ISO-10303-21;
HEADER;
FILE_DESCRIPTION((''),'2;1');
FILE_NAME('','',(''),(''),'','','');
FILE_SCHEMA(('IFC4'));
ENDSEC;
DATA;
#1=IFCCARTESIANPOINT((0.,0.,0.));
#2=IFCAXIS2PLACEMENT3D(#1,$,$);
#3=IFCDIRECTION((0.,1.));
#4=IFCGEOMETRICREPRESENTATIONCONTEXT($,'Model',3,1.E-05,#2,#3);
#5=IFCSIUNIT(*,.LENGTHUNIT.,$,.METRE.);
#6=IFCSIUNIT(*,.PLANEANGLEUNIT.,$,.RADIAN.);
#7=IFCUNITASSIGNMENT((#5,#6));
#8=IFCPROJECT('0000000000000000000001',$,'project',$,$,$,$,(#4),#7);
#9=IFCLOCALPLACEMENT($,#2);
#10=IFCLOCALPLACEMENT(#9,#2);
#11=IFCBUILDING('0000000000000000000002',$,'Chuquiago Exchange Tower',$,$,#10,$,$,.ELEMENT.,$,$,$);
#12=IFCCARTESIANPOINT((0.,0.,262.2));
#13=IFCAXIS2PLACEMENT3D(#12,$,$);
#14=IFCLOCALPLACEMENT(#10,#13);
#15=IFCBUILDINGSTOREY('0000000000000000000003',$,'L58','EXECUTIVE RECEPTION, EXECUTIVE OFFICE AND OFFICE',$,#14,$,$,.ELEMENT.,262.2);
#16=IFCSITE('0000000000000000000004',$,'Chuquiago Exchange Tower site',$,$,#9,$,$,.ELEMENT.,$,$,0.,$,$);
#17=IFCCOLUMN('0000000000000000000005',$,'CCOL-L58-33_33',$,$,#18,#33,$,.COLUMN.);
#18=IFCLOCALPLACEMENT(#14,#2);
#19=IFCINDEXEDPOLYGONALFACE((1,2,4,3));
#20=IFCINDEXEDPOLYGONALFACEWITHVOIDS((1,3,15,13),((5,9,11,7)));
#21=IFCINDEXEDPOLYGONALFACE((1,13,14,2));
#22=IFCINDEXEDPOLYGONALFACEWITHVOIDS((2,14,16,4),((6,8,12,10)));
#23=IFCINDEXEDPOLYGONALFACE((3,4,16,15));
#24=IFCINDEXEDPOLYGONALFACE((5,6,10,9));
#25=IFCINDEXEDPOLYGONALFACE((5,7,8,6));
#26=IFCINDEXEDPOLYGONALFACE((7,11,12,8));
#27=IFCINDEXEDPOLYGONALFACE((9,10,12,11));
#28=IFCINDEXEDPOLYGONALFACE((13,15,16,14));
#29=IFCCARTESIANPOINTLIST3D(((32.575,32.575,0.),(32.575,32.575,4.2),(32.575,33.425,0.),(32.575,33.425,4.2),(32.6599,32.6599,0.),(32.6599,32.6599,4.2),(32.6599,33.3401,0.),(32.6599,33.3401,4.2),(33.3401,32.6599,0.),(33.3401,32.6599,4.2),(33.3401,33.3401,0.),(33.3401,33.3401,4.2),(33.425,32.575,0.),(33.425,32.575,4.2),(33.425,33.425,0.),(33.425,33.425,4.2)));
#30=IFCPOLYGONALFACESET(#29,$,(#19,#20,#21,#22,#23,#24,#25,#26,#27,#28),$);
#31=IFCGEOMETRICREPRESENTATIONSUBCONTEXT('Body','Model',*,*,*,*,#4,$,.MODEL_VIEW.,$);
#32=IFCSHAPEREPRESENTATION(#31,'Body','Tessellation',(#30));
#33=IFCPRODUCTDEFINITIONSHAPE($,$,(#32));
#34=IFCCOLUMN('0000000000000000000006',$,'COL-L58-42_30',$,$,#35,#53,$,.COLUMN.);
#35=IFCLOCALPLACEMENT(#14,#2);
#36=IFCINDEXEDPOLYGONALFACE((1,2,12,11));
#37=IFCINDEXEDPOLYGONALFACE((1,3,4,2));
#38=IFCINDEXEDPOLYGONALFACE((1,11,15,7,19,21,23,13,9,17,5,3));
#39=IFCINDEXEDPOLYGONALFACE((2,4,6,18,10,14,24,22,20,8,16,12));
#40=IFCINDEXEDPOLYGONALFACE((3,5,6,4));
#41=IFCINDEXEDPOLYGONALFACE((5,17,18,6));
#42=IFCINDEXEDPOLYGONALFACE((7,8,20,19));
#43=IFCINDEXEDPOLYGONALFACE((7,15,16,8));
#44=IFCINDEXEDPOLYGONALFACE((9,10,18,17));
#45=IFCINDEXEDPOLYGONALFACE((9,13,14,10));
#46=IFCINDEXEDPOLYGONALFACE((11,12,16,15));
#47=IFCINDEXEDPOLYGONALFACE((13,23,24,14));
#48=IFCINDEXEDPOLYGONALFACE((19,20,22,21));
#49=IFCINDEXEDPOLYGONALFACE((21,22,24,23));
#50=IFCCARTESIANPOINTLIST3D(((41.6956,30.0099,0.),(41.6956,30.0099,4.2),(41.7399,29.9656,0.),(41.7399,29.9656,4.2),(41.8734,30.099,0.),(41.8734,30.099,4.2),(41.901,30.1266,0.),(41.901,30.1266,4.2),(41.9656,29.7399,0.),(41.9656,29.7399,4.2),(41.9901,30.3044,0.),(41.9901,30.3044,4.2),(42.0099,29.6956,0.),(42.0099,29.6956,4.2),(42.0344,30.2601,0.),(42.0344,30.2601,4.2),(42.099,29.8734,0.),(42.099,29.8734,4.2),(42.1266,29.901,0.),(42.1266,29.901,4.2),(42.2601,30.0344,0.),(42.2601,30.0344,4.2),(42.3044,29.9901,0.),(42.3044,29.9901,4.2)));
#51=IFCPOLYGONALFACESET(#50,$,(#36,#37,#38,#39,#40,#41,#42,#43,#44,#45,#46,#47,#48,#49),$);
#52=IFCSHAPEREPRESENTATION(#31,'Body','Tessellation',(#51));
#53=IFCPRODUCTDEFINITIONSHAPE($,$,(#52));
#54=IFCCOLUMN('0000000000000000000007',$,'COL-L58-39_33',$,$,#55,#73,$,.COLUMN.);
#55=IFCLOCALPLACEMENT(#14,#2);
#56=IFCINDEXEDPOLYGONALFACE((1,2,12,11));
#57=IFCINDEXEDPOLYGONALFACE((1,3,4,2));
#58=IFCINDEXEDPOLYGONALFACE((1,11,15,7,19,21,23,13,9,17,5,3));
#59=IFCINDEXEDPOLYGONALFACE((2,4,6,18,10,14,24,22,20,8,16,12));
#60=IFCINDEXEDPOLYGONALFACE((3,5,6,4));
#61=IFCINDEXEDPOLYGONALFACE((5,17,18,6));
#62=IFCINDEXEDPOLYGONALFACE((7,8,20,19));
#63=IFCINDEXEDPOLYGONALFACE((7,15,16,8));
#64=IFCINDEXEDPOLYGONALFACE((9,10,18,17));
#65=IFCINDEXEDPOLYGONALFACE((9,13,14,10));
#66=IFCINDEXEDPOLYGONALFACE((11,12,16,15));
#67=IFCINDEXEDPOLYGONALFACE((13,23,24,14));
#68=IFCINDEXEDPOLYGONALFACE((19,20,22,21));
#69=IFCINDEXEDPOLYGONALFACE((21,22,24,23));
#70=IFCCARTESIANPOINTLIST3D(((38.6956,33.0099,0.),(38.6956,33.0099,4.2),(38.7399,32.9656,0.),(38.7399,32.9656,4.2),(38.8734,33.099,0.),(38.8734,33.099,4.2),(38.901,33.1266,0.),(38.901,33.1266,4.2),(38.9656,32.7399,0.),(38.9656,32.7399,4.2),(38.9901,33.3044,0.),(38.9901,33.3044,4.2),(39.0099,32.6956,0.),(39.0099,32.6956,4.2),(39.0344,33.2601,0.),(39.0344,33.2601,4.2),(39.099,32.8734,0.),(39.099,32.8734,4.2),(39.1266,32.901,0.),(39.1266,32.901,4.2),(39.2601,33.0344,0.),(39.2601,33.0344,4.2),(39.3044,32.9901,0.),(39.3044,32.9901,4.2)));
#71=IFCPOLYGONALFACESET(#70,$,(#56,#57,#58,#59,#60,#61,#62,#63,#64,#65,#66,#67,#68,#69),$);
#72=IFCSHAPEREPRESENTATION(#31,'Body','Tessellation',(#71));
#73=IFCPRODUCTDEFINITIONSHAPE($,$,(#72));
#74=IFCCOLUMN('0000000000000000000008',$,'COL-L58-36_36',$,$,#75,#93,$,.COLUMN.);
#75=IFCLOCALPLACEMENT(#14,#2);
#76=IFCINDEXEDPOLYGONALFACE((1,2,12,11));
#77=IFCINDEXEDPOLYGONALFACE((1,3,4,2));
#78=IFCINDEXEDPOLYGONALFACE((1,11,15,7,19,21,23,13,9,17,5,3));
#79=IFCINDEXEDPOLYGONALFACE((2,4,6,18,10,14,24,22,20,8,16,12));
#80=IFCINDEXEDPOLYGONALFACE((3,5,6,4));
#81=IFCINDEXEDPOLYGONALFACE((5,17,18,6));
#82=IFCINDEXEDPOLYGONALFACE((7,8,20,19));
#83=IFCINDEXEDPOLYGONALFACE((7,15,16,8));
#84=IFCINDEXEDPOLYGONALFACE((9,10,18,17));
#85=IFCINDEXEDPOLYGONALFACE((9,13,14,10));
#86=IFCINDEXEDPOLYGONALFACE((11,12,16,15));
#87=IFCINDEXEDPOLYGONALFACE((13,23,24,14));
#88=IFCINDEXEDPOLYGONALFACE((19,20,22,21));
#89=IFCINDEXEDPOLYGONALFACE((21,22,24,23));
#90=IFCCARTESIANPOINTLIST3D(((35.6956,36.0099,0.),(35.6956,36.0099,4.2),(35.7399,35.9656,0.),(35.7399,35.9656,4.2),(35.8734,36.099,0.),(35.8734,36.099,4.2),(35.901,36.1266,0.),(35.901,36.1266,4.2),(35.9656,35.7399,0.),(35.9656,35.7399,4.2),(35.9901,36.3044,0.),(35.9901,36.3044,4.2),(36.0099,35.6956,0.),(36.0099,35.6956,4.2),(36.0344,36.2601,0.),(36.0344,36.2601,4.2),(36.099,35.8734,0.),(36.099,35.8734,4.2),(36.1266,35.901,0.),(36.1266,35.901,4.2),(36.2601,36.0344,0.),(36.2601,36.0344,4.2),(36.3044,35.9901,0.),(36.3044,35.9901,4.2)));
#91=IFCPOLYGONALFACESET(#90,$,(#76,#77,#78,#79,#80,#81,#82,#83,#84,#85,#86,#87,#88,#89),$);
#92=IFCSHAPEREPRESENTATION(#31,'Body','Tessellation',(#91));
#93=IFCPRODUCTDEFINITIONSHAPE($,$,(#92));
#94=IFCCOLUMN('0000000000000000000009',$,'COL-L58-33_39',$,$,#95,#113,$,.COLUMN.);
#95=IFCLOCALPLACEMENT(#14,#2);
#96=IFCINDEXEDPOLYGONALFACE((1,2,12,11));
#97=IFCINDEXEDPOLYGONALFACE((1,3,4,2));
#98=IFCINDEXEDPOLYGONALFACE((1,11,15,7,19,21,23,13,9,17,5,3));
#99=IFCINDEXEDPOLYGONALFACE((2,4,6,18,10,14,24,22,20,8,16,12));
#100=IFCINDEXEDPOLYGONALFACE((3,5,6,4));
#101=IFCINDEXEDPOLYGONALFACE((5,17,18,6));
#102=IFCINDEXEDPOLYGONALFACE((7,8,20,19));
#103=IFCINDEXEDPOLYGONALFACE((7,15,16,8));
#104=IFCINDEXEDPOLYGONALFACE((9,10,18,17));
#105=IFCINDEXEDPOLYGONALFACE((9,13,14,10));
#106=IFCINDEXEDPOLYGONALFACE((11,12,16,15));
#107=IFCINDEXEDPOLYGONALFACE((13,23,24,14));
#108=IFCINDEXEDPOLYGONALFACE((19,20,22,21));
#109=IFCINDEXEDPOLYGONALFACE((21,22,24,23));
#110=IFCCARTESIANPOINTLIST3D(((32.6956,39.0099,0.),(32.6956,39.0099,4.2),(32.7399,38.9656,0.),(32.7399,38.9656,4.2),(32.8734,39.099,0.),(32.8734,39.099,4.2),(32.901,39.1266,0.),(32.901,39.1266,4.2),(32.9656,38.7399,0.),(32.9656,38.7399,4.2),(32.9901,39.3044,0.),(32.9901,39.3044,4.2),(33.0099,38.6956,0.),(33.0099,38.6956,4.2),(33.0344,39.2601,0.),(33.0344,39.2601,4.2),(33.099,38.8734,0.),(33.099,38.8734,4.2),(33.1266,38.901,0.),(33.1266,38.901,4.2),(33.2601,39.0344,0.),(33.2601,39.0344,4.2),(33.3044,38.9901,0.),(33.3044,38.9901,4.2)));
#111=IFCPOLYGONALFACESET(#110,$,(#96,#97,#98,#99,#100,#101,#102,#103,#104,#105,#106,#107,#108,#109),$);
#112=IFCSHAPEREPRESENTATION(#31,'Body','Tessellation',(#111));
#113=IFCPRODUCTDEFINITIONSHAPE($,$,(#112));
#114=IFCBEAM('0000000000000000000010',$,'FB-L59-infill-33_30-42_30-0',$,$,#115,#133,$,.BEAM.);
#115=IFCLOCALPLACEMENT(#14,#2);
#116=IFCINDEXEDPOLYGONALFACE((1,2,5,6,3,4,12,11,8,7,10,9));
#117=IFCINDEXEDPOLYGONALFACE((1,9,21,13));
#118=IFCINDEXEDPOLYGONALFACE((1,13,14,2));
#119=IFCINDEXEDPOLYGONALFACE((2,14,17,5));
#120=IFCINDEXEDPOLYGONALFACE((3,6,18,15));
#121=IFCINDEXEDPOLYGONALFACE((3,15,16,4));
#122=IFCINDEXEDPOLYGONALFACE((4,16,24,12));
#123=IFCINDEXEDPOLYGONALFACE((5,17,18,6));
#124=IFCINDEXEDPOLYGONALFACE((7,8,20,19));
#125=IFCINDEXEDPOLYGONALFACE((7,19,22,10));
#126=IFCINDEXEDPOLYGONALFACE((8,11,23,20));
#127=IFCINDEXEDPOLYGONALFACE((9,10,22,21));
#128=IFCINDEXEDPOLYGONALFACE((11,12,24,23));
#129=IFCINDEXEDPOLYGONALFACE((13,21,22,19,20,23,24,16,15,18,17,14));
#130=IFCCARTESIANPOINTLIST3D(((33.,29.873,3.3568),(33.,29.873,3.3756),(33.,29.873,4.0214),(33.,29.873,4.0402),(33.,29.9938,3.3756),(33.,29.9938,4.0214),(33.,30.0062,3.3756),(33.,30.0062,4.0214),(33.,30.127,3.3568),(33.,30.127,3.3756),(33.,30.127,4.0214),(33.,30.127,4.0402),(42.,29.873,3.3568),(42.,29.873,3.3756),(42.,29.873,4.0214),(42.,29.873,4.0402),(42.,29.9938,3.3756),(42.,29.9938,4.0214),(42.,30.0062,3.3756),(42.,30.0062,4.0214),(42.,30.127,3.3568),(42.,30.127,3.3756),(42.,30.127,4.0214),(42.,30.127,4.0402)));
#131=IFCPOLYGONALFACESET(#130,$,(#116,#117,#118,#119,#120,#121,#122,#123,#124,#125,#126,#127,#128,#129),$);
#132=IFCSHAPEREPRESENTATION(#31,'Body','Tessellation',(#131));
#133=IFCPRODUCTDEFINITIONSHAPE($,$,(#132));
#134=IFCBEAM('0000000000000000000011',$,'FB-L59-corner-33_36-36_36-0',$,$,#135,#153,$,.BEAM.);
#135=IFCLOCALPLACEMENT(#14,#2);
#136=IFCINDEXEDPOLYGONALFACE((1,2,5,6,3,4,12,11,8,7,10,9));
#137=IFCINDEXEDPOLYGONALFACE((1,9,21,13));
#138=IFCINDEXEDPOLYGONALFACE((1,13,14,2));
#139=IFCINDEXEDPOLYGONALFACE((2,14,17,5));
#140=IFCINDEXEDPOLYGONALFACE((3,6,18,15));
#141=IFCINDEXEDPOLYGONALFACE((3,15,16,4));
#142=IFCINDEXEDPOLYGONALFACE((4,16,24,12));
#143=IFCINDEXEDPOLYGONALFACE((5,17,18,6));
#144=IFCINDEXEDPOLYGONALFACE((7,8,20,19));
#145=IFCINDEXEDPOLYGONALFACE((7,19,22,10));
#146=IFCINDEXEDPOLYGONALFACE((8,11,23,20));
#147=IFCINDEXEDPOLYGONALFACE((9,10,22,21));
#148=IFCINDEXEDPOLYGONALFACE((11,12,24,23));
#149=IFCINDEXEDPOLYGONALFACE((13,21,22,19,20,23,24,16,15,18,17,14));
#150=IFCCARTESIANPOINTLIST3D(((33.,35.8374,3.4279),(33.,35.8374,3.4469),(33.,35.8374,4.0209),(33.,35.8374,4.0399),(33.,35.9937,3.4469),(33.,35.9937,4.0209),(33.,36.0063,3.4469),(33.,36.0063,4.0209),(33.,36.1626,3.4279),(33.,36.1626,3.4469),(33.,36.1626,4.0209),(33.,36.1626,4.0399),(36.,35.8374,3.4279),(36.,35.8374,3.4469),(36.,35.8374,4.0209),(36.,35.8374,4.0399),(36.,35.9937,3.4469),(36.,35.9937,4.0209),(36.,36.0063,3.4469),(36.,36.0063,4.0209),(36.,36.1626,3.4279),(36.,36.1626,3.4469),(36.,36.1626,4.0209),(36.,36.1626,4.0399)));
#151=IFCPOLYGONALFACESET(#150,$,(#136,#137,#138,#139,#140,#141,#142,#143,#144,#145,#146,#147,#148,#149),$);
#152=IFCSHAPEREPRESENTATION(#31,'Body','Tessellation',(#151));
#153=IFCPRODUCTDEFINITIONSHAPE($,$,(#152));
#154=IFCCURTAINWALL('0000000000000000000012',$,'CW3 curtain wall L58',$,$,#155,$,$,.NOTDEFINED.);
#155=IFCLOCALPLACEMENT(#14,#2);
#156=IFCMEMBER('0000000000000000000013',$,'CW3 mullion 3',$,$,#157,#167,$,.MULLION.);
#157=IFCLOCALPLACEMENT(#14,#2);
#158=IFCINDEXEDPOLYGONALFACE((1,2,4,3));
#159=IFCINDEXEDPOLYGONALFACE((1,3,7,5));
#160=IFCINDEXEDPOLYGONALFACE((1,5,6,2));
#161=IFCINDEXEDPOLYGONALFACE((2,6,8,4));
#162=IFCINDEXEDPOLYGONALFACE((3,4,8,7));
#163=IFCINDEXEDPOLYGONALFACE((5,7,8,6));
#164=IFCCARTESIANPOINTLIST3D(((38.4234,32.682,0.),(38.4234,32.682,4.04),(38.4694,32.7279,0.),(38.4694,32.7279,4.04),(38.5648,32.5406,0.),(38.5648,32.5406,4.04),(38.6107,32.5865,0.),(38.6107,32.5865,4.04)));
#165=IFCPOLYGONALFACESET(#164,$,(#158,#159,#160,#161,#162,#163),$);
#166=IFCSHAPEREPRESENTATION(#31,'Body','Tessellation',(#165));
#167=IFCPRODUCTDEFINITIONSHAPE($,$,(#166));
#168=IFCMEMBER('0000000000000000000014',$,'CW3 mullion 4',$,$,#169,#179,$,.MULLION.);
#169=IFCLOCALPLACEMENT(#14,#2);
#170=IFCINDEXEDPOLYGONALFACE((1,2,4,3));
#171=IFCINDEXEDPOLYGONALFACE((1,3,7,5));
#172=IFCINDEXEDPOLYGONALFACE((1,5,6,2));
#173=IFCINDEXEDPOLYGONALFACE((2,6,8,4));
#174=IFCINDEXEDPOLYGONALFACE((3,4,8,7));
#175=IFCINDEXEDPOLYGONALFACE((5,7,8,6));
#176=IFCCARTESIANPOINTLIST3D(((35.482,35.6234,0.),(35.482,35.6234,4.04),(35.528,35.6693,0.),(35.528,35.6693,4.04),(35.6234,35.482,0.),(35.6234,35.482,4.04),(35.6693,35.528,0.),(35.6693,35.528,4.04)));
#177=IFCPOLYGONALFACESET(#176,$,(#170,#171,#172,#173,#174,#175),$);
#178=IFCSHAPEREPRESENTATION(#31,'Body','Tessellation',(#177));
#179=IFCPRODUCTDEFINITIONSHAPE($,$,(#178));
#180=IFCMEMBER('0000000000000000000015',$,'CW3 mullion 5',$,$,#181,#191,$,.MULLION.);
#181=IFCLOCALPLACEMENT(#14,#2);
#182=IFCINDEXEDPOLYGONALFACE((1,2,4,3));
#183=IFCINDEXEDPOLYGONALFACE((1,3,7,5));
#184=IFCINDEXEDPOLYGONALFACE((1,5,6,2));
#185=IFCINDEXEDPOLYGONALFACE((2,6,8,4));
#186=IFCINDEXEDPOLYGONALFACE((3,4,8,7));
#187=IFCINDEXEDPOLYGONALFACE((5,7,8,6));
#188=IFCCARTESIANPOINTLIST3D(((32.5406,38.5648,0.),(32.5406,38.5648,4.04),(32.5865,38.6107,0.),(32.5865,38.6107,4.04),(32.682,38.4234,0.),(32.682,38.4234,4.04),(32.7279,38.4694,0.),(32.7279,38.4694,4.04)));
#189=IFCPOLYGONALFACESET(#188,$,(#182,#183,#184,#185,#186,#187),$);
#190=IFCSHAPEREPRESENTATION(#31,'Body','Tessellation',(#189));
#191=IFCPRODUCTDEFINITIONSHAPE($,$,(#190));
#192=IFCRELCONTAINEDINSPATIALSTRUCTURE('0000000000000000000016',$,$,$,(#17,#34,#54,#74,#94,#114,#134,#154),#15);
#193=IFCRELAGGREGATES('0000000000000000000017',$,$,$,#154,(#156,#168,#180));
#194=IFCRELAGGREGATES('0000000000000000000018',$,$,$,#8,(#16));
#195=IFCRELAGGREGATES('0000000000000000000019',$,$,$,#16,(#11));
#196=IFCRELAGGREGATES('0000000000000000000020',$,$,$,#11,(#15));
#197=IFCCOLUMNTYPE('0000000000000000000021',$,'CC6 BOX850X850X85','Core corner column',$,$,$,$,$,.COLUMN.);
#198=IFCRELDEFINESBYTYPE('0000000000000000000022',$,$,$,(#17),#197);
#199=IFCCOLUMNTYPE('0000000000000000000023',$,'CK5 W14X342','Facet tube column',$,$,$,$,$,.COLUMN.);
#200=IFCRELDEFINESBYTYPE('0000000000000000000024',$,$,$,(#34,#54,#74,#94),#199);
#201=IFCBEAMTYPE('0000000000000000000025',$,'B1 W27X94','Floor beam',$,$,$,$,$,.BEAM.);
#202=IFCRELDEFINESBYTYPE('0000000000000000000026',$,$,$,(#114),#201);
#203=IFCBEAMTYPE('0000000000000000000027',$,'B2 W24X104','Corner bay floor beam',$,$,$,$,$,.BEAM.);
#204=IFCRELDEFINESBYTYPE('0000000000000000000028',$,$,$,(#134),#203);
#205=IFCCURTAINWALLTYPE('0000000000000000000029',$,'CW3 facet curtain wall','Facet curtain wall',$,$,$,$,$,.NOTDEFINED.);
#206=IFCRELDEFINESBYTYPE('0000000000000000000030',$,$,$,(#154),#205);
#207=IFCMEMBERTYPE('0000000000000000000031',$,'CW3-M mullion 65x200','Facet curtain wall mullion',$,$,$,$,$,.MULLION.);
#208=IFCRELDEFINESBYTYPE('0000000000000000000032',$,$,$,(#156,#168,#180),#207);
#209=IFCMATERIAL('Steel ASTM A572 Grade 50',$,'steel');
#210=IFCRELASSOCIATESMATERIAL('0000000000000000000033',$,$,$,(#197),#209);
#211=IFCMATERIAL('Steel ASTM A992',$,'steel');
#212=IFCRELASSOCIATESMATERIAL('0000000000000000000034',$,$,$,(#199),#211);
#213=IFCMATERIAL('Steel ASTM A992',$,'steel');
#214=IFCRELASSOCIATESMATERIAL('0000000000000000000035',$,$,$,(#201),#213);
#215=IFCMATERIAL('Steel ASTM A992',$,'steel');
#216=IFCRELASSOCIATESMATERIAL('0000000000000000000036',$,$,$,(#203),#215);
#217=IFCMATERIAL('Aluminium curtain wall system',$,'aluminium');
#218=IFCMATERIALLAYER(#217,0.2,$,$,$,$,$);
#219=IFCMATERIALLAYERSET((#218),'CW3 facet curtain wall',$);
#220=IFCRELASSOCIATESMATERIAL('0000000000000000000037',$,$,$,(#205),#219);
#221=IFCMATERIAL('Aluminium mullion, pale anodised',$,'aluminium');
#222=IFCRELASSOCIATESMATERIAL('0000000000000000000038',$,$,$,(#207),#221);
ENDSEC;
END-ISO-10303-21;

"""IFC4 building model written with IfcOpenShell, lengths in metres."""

from ifc_helpers import new_model, si_unit, direction, frame, origin, origin_2d, place, context, subcontext, project, spatial, rectangle, hollow_rectangle, i_section, extrude, material, layer, layer_set, material_profile, profile_set, type_object, element, aggregate, save


model = new_model("IFC4")

# Units and contexts
model_context = context("Model", 3, precision=1e-05, world=origin(), true_north=direction((0.0, 1.0)))
body_context = subcontext(model_context, "Body", "Model", "MODEL_VIEW")
ifc_project = project(units=[si_unit("LENGTHUNIT", "METRE"), si_unit("PLANEANGLEUNIT", "RADIAN")], contexts=[model_context])

# Site, building, storey
site_placement = place(None, origin())
site = spatial("IfcSite", under=ifc_project, at=site_placement, Name="Chuquiago Exchange Tower site", CompositionType="ELEMENT", RefElevation=0.0)
building_placement = place(site_placement, origin())
building = spatial("IfcBuilding", under=site, at=building_placement, Name="Chuquiago Exchange Tower", CompositionType="ELEMENT")
storey_placement = place(building_placement, frame((0.0, 0.0, 262.2)))
storey = spatial("IfcBuildingStorey", under=building, at=storey_placement, Name="L58", Description="EXECUTIVE RECEPTION, EXECUTIVE OFFICE AND OFFICE", CompositionType="ELEMENT", Elevation=262.2)

# Columns
ifc_material_1 = material(Name="Steel ASTM A572 Grade 50", Category="steel")
ifc_material_profile_1 = material_profile(ifc_material_1, hollow_rectangle(XDim=0.8501, YDim=0.8501, WallThickness=0.085, at=origin_2d()), Name="BOX850X850X85")
ifc_profile_set_1 = profile_set([ifc_material_profile_1], Name="Steel ASTM A572 Grade 50")
column_type_1 = type_object("IfcColumnType", Name="CC6 BOX850X850X85", Description="Core corner column", PredefinedType="COLUMN", material=ifc_profile_set_1)
column_placement = place(storey_placement, frame((33.0, 33.0, 0.0), z_axis=(0.0, 0.0, 1.0), x_axis=(1.0, 0.0, 0.0)))
element("IfcColumn", 1, at=column_placement, inside=storey, type_object=column_type_1, Name="CCOL-L58-33_33", PredefinedType="COLUMN", context=body_context, shape_type="SweptSolid", body=[
    extrude(hollow_rectangle(XDim=0.8501, YDim=0.8501, WallThickness=0.085, at=origin_2d()), origin(), (0.0, 0.0, 1.0), 4.2),
])
ifc_material_2 = material(Name="Steel ASTM A992", Category="steel")
ifc_material_profile_2 = material_profile(ifc_material_2, i_section(OverallWidth=0.4165, OverallDepth=0.4446, WebThickness=0.0391, FlangeThickness=0.0627, at=origin_2d()), Name="W14X342")
ifc_profile_set_2 = profile_set([ifc_material_profile_2], Name="Steel ASTM A992")
column_type_2 = type_object("IfcColumnType", Name="CK5 W14X342", Description="Facet tube column", PredefinedType="COLUMN", material=ifc_profile_set_2)
for number, where, z_axis, x_axis, name in (
    (2, (42.0, 30.0, 0.0), (0.0, 0.0, 1.0), (0.707107, 0.707107, 0.0), "COL-L58-42_30"),
    (3, (39.0, 33.0, 0.0), (0.0, 0.0, 1.0), (0.707107, 0.707107, 0.0), "COL-L58-39_33"),
    (4, (36.0, 36.0, 0.0), (0.0, 0.0, 1.0), (0.707107, 0.707107, 0.0), "COL-L58-36_36"),
    (5, (33.0, 39.0, 0.0), (0.0, 0.0, 1.0), (0.707107, 0.707107, 0.0), "COL-L58-33_39"),
):
    element("IfcColumn", number, at=place(storey_placement, frame(where, z_axis=z_axis, x_axis=x_axis)), inside=storey, type_object=column_type_2, Name=name, PredefinedType="COLUMN", context=body_context, shape_type="SweptSolid", body=[
        extrude(i_section(OverallWidth=0.4165, OverallDepth=0.4446, WebThickness=0.0391, FlangeThickness=0.0627, at=origin_2d()), origin(), (0.0, 0.0, 1.0), 4.2),
    ])

# Beams
ifc_material_3 = material(Name="Steel ASTM A992", Category="steel")
ifc_material_profile_3 = material_profile(ifc_material_3, i_section(OverallWidth=0.2539, OverallDepth=0.6833, WebThickness=0.0125, FlangeThickness=0.0188, at=origin_2d()), Name="W27X94")
ifc_profile_set_3 = profile_set([ifc_material_profile_3], Name="Steel ASTM A992")
beam_type_1 = type_object("IfcBeamType", Name="B1 W27X94", Description="Floor beam", PredefinedType="BEAM", material=ifc_profile_set_3)
beam_1_placement = place(storey_placement, frame((33.0, 30.0, 3.6985), z_axis=(1.0, 0.0, 0.0), x_axis=(0.0, 1.0, 0.0)))
element("IfcBeam", 6, at=beam_1_placement, inside=storey, type_object=beam_type_1, Name="FB-L59-infill-33_30-42_30-0", PredefinedType="BEAM", context=body_context, shape_type="SweptSolid", body=[
    extrude(i_section(OverallWidth=0.2539, OverallDepth=0.6833, WebThickness=0.0125, FlangeThickness=0.0188, at=origin_2d()), origin(), (0.0, 0.0, 1.0), 9.0),
])
ifc_material_4 = material(Name="Steel ASTM A992", Category="steel")
ifc_material_profile_4 = material_profile(ifc_material_4, i_section(OverallWidth=0.3252, OverallDepth=0.6121, WebThickness=0.0127, FlangeThickness=0.019, at=origin_2d()), Name="W24X104")
ifc_profile_set_4 = profile_set([ifc_material_profile_4], Name="Steel ASTM A992")
beam_type_2 = type_object("IfcBeamType", Name="B2 W24X104", Description="Corner bay floor beam", PredefinedType="BEAM", material=ifc_profile_set_4)
beam_2_placement = place(storey_placement, frame((33.0, 36.0, 3.7339), z_axis=(1.0, 0.0, 0.0), x_axis=(0.0, 1.0, 0.0)))
element("IfcBeam", 7, at=beam_2_placement, inside=storey, type_object=beam_type_2, Name="FB-L59-corner-33_36-36_36-0", PredefinedType="BEAM", context=body_context, shape_type="SweptSolid", body=[
    extrude(i_section(OverallWidth=0.3252, OverallDepth=0.6121, WebThickness=0.0127, FlangeThickness=0.019, at=origin_2d()), origin(), (0.0, 0.0, 1.0), 3.0),
])

# Curtain wall, members
ifc_material_5 = material(Name="Aluminium curtain wall system", Category="aluminium")
ifc_layer_1 = layer(ifc_material_5, 0.2)
ifc_layer_set_1 = layer_set([ifc_layer_1], Name="CW3 facet curtain wall")
curtain_wall_type = type_object("IfcCurtainWallType", Name="CW3 facet curtain wall", Description="Facet curtain wall", PredefinedType="NOTDEFINED", material=ifc_layer_set_1)
curtain_wall_placement = place(storey_placement, origin())
curtain_wall = element("IfcCurtainWall", 8, at=curtain_wall_placement, inside=storey, type_object=curtain_wall_type, Name="CW3 curtain wall L58", PredefinedType="NOTDEFINED")
ifc_material_6 = material(Name="Aluminium mullion, pale anodised", Category="aluminium")
ifc_material_profile_5 = material_profile(ifc_material_6, rectangle(XDim=0.0649, YDim=0.2, at=origin_2d()), Name="AL 65x200")
ifc_profile_set_5 = profile_set([ifc_material_profile_5], Name="Aluminium mullion, pale anodised")
member_type_1 = type_object("IfcMemberType", Name="CW3-M mullion 65x200", Description="Facet curtain wall mullion", PredefinedType="MULLION", material=ifc_profile_set_5)
member_1_placement = place(storey_placement, frame((38.5171, 32.6343, 0.0), z_axis=(0.0, 0.0, 1.0), x_axis=(-0.707107, -0.707107, 0.0)))
member_1 = element("IfcMember", 9, at=member_1_placement, type_object=member_type_1, Name="CW3 mullion 3", PredefinedType="MULLION", context=body_context, shape_type="SweptSolid", body=[
    extrude(rectangle(XDim=0.0649, YDim=0.2, at=origin_2d()), origin(), (0.0, 0.0, 1.0), 4.04),
])
member_2_placement = place(storey_placement, frame((35.5757, 35.5757, 0.0), z_axis=(0.0, 0.0, 1.0), x_axis=(-0.707107, -0.707107, 0.0)))
member_2 = element("IfcMember", 10, at=member_2_placement, type_object=member_type_1, Name="CW3 mullion 4", PredefinedType="MULLION", context=body_context, shape_type="SweptSolid", body=[
    extrude(rectangle(XDim=0.0649, YDim=0.2, at=origin_2d()), origin(), (0.0, 0.0, 1.0), 4.04),
])
member_3_placement = place(storey_placement, frame((32.6343, 38.5171, 0.0), z_axis=(0.0, 0.0, 1.0), x_axis=(-0.707107, -0.707107, 0.0)))
member_3 = element("IfcMember", 11, at=member_3_placement, type_object=member_type_1, Name="CW3 mullion 5", PredefinedType="MULLION", context=body_context, shape_type="SweptSolid", body=[
    extrude(rectangle(XDim=0.0649, YDim=0.2, at=origin_2d()), origin(), (0.0, 0.0, 1.0), 4.04),
])

aggregate(curtain_wall, [member_1, member_2, member_3])

save(model, "model.ifc")
